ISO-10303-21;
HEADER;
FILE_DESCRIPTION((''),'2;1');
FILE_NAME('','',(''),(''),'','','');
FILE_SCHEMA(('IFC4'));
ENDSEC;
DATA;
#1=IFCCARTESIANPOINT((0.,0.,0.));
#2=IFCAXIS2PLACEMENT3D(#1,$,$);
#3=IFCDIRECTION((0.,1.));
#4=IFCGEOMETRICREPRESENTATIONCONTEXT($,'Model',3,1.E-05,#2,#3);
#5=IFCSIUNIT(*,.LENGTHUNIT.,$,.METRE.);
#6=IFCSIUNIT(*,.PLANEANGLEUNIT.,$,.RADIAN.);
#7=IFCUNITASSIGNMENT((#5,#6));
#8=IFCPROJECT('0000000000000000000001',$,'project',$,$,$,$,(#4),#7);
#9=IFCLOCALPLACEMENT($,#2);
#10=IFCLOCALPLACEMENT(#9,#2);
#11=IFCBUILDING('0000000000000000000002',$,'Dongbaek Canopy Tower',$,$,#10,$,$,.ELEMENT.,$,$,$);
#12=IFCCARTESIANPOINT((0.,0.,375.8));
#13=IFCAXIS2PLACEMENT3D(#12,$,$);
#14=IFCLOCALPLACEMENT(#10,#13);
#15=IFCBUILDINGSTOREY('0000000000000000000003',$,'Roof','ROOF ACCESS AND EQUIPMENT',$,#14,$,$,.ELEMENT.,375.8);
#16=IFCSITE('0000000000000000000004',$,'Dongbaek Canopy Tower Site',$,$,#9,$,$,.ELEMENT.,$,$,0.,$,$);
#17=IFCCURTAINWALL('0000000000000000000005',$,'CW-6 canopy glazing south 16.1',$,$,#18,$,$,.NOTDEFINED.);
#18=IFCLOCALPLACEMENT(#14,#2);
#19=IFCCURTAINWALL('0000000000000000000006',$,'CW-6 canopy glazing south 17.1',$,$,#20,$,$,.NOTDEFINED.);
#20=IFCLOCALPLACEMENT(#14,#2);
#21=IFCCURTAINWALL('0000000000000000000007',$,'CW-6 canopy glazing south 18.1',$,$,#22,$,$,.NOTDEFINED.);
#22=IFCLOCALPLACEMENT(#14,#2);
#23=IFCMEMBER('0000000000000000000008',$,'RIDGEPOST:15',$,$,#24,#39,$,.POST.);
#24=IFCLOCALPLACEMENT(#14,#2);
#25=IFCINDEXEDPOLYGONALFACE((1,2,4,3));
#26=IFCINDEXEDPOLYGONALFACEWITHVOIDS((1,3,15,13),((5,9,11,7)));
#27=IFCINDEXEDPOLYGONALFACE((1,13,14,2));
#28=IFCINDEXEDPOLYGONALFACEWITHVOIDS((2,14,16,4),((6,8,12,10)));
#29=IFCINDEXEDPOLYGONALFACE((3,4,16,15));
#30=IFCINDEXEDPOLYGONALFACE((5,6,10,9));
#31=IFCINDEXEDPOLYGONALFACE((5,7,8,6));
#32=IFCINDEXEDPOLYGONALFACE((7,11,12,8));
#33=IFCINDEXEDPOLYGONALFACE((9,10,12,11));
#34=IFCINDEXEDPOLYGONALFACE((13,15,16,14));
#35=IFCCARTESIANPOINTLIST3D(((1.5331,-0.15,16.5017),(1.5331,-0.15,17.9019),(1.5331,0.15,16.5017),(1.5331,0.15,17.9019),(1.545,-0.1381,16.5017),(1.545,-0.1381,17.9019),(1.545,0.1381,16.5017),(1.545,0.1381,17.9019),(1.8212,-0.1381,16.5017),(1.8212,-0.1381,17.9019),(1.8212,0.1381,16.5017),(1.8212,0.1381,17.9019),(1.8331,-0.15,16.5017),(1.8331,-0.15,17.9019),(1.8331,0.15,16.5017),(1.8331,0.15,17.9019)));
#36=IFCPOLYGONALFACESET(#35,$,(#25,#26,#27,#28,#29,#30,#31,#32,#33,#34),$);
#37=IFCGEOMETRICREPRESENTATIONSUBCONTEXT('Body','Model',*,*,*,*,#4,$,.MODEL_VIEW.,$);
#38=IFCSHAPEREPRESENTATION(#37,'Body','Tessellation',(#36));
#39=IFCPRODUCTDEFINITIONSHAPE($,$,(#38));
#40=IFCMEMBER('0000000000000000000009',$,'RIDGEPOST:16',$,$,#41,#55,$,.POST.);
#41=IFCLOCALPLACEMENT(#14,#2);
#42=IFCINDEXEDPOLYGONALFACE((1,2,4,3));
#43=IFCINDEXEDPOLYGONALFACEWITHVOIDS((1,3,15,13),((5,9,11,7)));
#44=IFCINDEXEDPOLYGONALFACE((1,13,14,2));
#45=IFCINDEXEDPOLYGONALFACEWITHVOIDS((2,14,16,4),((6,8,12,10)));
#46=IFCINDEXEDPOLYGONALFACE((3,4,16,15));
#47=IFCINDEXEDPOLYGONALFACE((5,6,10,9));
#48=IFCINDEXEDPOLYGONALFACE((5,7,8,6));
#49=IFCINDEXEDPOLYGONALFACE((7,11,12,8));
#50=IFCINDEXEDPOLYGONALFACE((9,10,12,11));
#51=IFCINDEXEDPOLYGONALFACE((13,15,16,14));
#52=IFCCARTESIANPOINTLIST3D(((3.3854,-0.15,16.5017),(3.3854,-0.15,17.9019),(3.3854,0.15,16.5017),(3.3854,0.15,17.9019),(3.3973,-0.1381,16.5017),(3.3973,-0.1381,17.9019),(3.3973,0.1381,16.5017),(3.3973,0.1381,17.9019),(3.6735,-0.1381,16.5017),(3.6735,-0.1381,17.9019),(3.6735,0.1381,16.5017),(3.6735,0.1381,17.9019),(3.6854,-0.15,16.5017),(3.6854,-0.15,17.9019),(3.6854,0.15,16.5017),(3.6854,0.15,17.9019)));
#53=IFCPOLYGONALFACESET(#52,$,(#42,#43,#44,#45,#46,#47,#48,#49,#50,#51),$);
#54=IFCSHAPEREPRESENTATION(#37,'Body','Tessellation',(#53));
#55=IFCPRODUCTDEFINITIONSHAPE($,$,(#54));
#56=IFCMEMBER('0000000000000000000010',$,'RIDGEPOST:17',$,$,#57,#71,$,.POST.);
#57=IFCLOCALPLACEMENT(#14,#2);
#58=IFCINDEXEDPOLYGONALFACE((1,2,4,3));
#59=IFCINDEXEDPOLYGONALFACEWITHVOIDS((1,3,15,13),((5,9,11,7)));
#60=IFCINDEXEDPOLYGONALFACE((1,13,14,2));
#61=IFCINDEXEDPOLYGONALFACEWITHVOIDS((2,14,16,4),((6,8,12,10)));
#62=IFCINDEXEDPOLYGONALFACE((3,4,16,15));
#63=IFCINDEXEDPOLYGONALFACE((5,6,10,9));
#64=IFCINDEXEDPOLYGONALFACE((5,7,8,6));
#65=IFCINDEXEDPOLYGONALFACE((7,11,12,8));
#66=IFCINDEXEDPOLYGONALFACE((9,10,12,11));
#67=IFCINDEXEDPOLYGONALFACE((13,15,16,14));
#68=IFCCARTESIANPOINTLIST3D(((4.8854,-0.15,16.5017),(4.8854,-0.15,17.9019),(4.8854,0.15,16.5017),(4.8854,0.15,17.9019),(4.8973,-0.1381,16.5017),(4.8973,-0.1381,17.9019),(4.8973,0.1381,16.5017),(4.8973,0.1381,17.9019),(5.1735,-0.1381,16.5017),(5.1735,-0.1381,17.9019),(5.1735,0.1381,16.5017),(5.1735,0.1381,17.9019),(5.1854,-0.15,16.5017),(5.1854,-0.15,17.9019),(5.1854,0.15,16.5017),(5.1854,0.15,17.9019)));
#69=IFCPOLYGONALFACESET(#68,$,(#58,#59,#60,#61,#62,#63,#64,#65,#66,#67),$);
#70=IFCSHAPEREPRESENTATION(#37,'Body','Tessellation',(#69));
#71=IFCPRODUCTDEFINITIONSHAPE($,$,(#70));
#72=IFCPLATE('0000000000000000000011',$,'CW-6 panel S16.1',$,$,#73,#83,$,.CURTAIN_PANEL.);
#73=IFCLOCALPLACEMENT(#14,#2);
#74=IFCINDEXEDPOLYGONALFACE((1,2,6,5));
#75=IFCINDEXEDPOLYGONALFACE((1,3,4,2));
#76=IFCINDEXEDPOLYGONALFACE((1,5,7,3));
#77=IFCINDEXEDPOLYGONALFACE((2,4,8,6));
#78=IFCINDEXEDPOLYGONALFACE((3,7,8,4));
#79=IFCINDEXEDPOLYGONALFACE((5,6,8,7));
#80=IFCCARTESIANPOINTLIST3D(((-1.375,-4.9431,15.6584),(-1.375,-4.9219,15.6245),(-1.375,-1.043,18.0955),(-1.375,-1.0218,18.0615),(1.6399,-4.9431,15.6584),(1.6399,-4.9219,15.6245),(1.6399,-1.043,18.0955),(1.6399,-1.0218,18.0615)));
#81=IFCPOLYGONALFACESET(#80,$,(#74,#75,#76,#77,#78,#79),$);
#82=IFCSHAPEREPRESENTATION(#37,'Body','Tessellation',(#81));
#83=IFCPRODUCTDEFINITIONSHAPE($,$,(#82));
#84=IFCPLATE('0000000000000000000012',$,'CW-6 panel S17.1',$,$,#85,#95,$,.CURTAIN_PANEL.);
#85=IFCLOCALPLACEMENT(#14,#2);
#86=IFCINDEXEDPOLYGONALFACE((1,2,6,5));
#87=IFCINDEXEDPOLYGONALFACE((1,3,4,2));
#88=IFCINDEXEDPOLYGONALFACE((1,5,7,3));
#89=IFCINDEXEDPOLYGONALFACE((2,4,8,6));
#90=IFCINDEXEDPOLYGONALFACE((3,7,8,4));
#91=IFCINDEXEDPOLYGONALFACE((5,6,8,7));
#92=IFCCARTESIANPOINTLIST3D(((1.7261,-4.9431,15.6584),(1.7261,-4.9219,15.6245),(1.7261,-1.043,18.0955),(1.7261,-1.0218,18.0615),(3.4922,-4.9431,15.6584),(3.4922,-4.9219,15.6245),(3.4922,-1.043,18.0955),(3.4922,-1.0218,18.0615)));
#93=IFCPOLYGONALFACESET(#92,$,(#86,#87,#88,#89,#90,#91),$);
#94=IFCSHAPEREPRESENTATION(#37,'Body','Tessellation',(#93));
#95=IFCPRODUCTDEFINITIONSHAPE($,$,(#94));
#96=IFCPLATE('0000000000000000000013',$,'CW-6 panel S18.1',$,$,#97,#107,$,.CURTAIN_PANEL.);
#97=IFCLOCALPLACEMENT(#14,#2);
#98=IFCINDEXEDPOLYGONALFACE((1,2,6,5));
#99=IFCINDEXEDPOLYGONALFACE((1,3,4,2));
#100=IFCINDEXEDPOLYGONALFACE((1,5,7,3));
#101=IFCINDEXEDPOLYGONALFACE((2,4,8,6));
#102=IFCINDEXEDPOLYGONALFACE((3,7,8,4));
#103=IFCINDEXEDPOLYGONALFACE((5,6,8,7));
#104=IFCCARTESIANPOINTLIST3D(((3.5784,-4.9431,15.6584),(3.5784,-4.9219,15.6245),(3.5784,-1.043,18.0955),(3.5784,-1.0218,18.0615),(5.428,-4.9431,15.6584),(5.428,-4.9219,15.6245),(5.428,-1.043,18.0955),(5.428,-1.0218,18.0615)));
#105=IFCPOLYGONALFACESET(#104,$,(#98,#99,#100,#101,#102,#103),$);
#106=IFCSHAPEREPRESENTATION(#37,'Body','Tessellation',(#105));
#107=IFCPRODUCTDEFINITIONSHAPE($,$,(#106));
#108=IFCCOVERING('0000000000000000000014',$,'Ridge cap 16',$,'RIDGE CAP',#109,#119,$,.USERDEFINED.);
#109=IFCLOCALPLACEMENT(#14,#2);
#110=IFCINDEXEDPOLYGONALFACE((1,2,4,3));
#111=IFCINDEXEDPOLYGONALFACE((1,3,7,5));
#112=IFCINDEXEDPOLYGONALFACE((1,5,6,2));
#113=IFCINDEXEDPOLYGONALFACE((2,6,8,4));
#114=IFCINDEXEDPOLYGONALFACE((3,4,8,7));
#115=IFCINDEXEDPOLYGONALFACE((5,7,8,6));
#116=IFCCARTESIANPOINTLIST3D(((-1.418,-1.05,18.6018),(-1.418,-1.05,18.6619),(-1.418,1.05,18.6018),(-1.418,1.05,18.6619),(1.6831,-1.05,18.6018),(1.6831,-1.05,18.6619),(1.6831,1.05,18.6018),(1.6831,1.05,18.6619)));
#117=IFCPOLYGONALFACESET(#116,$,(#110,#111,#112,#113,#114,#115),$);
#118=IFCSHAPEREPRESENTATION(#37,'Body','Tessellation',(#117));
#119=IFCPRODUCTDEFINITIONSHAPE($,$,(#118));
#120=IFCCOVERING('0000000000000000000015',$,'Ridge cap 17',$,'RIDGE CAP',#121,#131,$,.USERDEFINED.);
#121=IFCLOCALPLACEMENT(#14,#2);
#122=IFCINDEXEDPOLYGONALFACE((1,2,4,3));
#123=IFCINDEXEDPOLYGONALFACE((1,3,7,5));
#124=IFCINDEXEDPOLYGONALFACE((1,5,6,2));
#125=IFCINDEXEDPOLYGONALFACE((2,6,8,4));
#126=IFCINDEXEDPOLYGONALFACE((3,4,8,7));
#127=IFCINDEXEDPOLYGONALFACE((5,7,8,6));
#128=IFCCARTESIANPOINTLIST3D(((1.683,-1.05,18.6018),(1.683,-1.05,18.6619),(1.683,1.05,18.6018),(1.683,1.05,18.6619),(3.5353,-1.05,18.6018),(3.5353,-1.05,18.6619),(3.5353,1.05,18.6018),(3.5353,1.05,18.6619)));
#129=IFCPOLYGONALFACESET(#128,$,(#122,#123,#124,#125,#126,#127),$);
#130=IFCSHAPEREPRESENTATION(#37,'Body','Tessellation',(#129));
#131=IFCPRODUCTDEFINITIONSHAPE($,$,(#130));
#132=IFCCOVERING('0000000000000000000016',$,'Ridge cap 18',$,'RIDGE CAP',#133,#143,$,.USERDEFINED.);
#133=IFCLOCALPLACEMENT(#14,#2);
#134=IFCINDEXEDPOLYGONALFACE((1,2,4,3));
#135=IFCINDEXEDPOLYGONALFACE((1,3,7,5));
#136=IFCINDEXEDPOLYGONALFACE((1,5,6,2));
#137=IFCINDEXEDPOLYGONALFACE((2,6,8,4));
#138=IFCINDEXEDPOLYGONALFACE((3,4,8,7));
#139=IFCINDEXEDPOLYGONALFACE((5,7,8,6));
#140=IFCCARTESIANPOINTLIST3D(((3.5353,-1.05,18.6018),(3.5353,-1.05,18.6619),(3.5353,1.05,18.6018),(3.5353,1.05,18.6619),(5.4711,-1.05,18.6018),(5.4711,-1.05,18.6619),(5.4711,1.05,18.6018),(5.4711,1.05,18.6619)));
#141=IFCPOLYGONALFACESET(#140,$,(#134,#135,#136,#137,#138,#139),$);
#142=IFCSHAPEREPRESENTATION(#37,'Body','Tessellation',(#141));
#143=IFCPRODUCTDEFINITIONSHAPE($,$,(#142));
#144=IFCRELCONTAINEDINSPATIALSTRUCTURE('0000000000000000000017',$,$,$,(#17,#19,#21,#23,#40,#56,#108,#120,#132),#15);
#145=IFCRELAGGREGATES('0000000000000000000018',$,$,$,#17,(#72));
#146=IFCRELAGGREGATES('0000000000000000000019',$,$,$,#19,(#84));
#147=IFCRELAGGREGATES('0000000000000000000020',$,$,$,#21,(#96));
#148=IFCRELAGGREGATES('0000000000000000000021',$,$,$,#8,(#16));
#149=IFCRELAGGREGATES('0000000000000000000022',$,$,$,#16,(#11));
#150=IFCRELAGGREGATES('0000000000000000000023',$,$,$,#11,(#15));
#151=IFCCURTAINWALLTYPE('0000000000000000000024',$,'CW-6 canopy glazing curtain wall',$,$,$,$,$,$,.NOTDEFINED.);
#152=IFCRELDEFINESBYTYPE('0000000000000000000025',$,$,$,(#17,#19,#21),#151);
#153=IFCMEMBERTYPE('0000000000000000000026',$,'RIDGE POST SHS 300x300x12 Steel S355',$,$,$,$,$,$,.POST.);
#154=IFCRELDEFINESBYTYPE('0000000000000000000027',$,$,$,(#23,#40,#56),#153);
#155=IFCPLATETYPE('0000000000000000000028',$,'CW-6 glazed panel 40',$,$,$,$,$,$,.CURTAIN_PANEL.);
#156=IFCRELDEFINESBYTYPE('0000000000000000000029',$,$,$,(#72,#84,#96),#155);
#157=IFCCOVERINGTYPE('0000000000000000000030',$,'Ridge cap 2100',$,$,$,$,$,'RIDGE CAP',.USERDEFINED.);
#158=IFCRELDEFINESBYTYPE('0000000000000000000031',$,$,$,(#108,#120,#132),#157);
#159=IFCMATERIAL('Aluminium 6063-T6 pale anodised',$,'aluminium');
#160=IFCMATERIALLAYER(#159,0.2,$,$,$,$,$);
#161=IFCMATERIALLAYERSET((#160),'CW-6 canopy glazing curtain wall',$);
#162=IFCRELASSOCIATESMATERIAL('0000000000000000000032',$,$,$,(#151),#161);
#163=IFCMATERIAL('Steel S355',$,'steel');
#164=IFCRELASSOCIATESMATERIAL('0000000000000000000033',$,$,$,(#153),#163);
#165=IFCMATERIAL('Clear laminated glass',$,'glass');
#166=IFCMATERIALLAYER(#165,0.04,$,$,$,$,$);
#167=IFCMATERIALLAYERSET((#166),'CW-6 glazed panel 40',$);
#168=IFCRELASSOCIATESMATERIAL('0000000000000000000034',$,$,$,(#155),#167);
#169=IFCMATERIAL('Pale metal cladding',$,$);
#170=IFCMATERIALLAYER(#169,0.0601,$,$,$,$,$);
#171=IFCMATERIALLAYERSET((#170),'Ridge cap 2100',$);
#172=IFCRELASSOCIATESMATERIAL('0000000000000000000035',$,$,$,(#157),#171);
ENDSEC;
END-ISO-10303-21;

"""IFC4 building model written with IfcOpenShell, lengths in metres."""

from ifc_helpers import new_model, si_unit, direction, frame, origin, origin_2d, place, context, subcontext, project, spatial, polyline, rectangle, hollow_rectangle, outline, extrude, material, layer, layer_set, material_profile, profile_set, type_object, element, aggregate, save


model = new_model("IFC4")

# Units and contexts
model_context = context("Model", 3, precision=1e-05, world=origin(), true_north=direction((0.0, 1.0)))
body_context = subcontext(model_context, "Body", "Model", "MODEL_VIEW")
ifc_project = project(units=[si_unit("LENGTHUNIT", "METRE"), si_unit("PLANEANGLEUNIT", "RADIAN")], contexts=[model_context])

# Site, building, storey
site_placement = place(None, origin())
site = spatial("IfcSite", under=ifc_project, at=site_placement, Name="Dongbaek Canopy Tower Site", CompositionType="ELEMENT", RefElevation=0.0)
building_placement = place(site_placement, origin())
building = spatial("IfcBuilding", under=site, at=building_placement, Name="Dongbaek Canopy Tower", CompositionType="ELEMENT")
storey_placement = place(building_placement, frame((0.0, 0.0, 375.8)))
storey = spatial("IfcBuildingStorey", under=building, at=storey_placement, Name="Roof", Description="ROOF ACCESS AND EQUIPMENT", CompositionType="ELEMENT", Elevation=375.8)

# Curtain walls
ifc_material_1 = material(Name="Aluminium 6063-T6 pale anodised", Category="aluminium")
ifc_layer_1 = layer(ifc_material_1, 0.2)
ifc_layer_set_1 = layer_set([ifc_layer_1], Name="CW-6 canopy glazing curtain wall")
curtain_wall_type = type_object("IfcCurtainWallType", Name="CW-6 canopy glazing curtain wall", PredefinedType="NOTDEFINED", material=ifc_layer_set_1)
curtain_wall_1_placement = place(storey_placement, origin())
curtain_wall_1 = element("IfcCurtainWall", 1, at=curtain_wall_1_placement, inside=storey, type_object=curtain_wall_type, Name="CW-6 canopy glazing south 16.1", PredefinedType="NOTDEFINED")
curtain_wall_2_placement = place(storey_placement, origin())
curtain_wall_2 = element("IfcCurtainWall", 2, at=curtain_wall_2_placement, inside=storey, type_object=curtain_wall_type, Name="CW-6 canopy glazing south 17.1", PredefinedType="NOTDEFINED")
curtain_wall_3_placement = place(storey_placement, origin())
curtain_wall_3 = element("IfcCurtainWall", 3, at=curtain_wall_3_placement, inside=storey, type_object=curtain_wall_type, Name="CW-6 canopy glazing south 18.1", PredefinedType="NOTDEFINED")

# Members
ifc_material_2 = material(Name="Steel S355", Category="steel")
ifc_material_profile_1 = material_profile(ifc_material_2, hollow_rectangle(XDim=0.3, YDim=0.3, WallThickness=0.012, at=origin_2d()), Name="RIDGE POST SHS 300x300x12 Steel S355")
ifc_profile_set_1 = profile_set([ifc_material_profile_1], Name="Steel S355")
member_type_1 = type_object("IfcMemberType", Name="RIDGE POST SHS 300x300x12 Steel S355", PredefinedType="POST", material=ifc_profile_set_1)
for number, where, z_axis, x_axis, name in (
    (4, (1.6831, 0.0, 16.5017), (0.0, 0.0, 1.0), (1.0, 0.0, 0.0), "RIDGEPOST:15"),
    (5, (3.5354, 0.0, 16.5017), (0.0, 0.0, 1.0), (1.0, 0.0, 0.0), "RIDGEPOST:16"),
    (6, (5.0354, 0.0, 16.5017), (0.0, 0.0, 1.0), (1.0, 0.0, 0.0), "RIDGEPOST:17"),
):
    element("IfcMember", number, at=place(storey_placement, frame(where, z_axis=z_axis, x_axis=x_axis)), inside=storey, type_object=member_type_1, Name=name, PredefinedType="POST", context=body_context, shape_type="SweptSolid", body=[
        extrude(hollow_rectangle(XDim=0.3, YDim=0.3, WallThickness=0.012, at=origin_2d()), origin(), (0.0, 0.0, 1.0), 1.4001),
    ])

# Plates
ifc_material_3 = material(Name="Clear laminated glass", Category="glass")
ifc_layer_2 = layer(ifc_material_3, 0.04)
ifc_layer_set_2 = layer_set([ifc_layer_2], Name="CW-6 glazed panel 40")
plate_type = type_object("IfcPlateType", Name="CW-6 glazed panel 40", PredefinedType="CURTAIN_PANEL", material=ifc_layer_set_2)
plate_1_placement = place(storey_placement, frame((1.6399, -4.9431, 15.6584), z_axis=(0.0, -0.529908, 0.848055), x_axis=(-1.0, 0.0, 0.0)))
plate_1 = element("IfcPlate", 7, at=plate_1_placement, type_object=plate_type, Name="CW-6 panel S16.1", PredefinedType="CURTAIN_PANEL", context=body_context, shape_type="SweptSolid", body=[
    extrude(outline(polyline([(0.0, 0.0), (3.0149, 0.0), (3.0149, -4.5989), (0.0, -4.5989), (0.0, 0.0)])), origin(), (0.0, 0.0, -1.0), 0.04),
])
aggregate(curtain_wall_1, [plate_1])
plate_2_placement = place(storey_placement, frame((3.4922, -4.9431, 15.6584), z_axis=(0.0, -0.529908, 0.848055), x_axis=(-1.0, 0.0, 0.0)))
plate_2 = element("IfcPlate", 8, at=plate_2_placement, type_object=plate_type, Name="CW-6 panel S17.1", PredefinedType="CURTAIN_PANEL", context=body_context, shape_type="SweptSolid", body=[
    extrude(outline(polyline([(0.0, 0.0), (1.7661, 0.0), (1.7661, -4.5989), (0.0, -4.5989), (0.0, 0.0)])), origin(), (0.0, 0.0, -1.0), 0.04),
])
aggregate(curtain_wall_2, [plate_2])
plate_3_placement = place(storey_placement, frame((5.428, -4.9431, 15.6584), z_axis=(0.0, -0.529908, 0.848055), x_axis=(-1.0, 0.0, 0.0)))
plate_3 = element("IfcPlate", 9, at=plate_3_placement, type_object=plate_type, Name="CW-6 panel S18.1", PredefinedType="CURTAIN_PANEL", context=body_context, shape_type="SweptSolid", body=[
    extrude(outline(polyline([(0.0, 0.0), (1.8496, 0.0), (1.8496, -4.5989), (0.0, -4.5989), (0.0, 0.0)])), origin(), (0.0, 0.0, -1.0), 0.04),
])
aggregate(curtain_wall_3, [plate_3])

# Coverings
ifc_material_4 = material(Name="Pale metal cladding")
ifc_layer_3 = layer(ifc_material_4, 0.0601)
ifc_layer_set_3 = layer_set([ifc_layer_3], Name="Ridge cap 2100")
covering_type = type_object("IfcCoveringType", Name="Ridge cap 2100", ElementType="RIDGE CAP", PredefinedType="USERDEFINED", material=ifc_layer_set_3)
covering_1_placement = place(storey_placement, frame((0.1326, 0.0, 18.6018), z_axis=(0.0, 0.0, 1.0), x_axis=(1.0, 0.0, 0.0)))
element("IfcCovering", 10, at=covering_1_placement, inside=storey, type_object=covering_type, Name="Ridge cap 16", ObjectType="RIDGE CAP", PredefinedType="USERDEFINED", context=body_context, shape_type="SweptSolid", body=[
    extrude(rectangle(XDim=3.1011, YDim=2.1001, at=origin_2d()), origin(), (0.0, 0.0, 1.0), 0.0601),
])
covering_2_placement = place(storey_placement, frame((2.6091, 0.0, 18.6018), z_axis=(0.0, 0.0, 1.0), x_axis=(1.0, 0.0, 0.0)))
element("IfcCovering", 11, at=covering_2_placement, inside=storey, type_object=covering_type, Name="Ridge cap 17", ObjectType="RIDGE CAP", PredefinedType="USERDEFINED", context=body_context, shape_type="SweptSolid", body=[
    extrude(rectangle(XDim=1.8523, YDim=2.1001, at=origin_2d()), origin(), (0.0, 0.0, 1.0), 0.0601),
])
covering_3_placement = place(storey_placement, frame((4.5032, 0.0, 18.6018), z_axis=(0.0, 0.0, 1.0), x_axis=(1.0, 0.0, 0.0)))
element("IfcCovering", 12, at=covering_3_placement, inside=storey, type_object=covering_type, Name="Ridge cap 18", ObjectType="RIDGE CAP", PredefinedType="USERDEFINED", context=body_context, shape_type="SweptSolid", body=[
    extrude(rectangle(XDim=1.9358, YDim=2.1001, at=origin_2d()), origin(), (0.0, 0.0, 1.0), 0.0601),
])

save(model, "model.ifc")
